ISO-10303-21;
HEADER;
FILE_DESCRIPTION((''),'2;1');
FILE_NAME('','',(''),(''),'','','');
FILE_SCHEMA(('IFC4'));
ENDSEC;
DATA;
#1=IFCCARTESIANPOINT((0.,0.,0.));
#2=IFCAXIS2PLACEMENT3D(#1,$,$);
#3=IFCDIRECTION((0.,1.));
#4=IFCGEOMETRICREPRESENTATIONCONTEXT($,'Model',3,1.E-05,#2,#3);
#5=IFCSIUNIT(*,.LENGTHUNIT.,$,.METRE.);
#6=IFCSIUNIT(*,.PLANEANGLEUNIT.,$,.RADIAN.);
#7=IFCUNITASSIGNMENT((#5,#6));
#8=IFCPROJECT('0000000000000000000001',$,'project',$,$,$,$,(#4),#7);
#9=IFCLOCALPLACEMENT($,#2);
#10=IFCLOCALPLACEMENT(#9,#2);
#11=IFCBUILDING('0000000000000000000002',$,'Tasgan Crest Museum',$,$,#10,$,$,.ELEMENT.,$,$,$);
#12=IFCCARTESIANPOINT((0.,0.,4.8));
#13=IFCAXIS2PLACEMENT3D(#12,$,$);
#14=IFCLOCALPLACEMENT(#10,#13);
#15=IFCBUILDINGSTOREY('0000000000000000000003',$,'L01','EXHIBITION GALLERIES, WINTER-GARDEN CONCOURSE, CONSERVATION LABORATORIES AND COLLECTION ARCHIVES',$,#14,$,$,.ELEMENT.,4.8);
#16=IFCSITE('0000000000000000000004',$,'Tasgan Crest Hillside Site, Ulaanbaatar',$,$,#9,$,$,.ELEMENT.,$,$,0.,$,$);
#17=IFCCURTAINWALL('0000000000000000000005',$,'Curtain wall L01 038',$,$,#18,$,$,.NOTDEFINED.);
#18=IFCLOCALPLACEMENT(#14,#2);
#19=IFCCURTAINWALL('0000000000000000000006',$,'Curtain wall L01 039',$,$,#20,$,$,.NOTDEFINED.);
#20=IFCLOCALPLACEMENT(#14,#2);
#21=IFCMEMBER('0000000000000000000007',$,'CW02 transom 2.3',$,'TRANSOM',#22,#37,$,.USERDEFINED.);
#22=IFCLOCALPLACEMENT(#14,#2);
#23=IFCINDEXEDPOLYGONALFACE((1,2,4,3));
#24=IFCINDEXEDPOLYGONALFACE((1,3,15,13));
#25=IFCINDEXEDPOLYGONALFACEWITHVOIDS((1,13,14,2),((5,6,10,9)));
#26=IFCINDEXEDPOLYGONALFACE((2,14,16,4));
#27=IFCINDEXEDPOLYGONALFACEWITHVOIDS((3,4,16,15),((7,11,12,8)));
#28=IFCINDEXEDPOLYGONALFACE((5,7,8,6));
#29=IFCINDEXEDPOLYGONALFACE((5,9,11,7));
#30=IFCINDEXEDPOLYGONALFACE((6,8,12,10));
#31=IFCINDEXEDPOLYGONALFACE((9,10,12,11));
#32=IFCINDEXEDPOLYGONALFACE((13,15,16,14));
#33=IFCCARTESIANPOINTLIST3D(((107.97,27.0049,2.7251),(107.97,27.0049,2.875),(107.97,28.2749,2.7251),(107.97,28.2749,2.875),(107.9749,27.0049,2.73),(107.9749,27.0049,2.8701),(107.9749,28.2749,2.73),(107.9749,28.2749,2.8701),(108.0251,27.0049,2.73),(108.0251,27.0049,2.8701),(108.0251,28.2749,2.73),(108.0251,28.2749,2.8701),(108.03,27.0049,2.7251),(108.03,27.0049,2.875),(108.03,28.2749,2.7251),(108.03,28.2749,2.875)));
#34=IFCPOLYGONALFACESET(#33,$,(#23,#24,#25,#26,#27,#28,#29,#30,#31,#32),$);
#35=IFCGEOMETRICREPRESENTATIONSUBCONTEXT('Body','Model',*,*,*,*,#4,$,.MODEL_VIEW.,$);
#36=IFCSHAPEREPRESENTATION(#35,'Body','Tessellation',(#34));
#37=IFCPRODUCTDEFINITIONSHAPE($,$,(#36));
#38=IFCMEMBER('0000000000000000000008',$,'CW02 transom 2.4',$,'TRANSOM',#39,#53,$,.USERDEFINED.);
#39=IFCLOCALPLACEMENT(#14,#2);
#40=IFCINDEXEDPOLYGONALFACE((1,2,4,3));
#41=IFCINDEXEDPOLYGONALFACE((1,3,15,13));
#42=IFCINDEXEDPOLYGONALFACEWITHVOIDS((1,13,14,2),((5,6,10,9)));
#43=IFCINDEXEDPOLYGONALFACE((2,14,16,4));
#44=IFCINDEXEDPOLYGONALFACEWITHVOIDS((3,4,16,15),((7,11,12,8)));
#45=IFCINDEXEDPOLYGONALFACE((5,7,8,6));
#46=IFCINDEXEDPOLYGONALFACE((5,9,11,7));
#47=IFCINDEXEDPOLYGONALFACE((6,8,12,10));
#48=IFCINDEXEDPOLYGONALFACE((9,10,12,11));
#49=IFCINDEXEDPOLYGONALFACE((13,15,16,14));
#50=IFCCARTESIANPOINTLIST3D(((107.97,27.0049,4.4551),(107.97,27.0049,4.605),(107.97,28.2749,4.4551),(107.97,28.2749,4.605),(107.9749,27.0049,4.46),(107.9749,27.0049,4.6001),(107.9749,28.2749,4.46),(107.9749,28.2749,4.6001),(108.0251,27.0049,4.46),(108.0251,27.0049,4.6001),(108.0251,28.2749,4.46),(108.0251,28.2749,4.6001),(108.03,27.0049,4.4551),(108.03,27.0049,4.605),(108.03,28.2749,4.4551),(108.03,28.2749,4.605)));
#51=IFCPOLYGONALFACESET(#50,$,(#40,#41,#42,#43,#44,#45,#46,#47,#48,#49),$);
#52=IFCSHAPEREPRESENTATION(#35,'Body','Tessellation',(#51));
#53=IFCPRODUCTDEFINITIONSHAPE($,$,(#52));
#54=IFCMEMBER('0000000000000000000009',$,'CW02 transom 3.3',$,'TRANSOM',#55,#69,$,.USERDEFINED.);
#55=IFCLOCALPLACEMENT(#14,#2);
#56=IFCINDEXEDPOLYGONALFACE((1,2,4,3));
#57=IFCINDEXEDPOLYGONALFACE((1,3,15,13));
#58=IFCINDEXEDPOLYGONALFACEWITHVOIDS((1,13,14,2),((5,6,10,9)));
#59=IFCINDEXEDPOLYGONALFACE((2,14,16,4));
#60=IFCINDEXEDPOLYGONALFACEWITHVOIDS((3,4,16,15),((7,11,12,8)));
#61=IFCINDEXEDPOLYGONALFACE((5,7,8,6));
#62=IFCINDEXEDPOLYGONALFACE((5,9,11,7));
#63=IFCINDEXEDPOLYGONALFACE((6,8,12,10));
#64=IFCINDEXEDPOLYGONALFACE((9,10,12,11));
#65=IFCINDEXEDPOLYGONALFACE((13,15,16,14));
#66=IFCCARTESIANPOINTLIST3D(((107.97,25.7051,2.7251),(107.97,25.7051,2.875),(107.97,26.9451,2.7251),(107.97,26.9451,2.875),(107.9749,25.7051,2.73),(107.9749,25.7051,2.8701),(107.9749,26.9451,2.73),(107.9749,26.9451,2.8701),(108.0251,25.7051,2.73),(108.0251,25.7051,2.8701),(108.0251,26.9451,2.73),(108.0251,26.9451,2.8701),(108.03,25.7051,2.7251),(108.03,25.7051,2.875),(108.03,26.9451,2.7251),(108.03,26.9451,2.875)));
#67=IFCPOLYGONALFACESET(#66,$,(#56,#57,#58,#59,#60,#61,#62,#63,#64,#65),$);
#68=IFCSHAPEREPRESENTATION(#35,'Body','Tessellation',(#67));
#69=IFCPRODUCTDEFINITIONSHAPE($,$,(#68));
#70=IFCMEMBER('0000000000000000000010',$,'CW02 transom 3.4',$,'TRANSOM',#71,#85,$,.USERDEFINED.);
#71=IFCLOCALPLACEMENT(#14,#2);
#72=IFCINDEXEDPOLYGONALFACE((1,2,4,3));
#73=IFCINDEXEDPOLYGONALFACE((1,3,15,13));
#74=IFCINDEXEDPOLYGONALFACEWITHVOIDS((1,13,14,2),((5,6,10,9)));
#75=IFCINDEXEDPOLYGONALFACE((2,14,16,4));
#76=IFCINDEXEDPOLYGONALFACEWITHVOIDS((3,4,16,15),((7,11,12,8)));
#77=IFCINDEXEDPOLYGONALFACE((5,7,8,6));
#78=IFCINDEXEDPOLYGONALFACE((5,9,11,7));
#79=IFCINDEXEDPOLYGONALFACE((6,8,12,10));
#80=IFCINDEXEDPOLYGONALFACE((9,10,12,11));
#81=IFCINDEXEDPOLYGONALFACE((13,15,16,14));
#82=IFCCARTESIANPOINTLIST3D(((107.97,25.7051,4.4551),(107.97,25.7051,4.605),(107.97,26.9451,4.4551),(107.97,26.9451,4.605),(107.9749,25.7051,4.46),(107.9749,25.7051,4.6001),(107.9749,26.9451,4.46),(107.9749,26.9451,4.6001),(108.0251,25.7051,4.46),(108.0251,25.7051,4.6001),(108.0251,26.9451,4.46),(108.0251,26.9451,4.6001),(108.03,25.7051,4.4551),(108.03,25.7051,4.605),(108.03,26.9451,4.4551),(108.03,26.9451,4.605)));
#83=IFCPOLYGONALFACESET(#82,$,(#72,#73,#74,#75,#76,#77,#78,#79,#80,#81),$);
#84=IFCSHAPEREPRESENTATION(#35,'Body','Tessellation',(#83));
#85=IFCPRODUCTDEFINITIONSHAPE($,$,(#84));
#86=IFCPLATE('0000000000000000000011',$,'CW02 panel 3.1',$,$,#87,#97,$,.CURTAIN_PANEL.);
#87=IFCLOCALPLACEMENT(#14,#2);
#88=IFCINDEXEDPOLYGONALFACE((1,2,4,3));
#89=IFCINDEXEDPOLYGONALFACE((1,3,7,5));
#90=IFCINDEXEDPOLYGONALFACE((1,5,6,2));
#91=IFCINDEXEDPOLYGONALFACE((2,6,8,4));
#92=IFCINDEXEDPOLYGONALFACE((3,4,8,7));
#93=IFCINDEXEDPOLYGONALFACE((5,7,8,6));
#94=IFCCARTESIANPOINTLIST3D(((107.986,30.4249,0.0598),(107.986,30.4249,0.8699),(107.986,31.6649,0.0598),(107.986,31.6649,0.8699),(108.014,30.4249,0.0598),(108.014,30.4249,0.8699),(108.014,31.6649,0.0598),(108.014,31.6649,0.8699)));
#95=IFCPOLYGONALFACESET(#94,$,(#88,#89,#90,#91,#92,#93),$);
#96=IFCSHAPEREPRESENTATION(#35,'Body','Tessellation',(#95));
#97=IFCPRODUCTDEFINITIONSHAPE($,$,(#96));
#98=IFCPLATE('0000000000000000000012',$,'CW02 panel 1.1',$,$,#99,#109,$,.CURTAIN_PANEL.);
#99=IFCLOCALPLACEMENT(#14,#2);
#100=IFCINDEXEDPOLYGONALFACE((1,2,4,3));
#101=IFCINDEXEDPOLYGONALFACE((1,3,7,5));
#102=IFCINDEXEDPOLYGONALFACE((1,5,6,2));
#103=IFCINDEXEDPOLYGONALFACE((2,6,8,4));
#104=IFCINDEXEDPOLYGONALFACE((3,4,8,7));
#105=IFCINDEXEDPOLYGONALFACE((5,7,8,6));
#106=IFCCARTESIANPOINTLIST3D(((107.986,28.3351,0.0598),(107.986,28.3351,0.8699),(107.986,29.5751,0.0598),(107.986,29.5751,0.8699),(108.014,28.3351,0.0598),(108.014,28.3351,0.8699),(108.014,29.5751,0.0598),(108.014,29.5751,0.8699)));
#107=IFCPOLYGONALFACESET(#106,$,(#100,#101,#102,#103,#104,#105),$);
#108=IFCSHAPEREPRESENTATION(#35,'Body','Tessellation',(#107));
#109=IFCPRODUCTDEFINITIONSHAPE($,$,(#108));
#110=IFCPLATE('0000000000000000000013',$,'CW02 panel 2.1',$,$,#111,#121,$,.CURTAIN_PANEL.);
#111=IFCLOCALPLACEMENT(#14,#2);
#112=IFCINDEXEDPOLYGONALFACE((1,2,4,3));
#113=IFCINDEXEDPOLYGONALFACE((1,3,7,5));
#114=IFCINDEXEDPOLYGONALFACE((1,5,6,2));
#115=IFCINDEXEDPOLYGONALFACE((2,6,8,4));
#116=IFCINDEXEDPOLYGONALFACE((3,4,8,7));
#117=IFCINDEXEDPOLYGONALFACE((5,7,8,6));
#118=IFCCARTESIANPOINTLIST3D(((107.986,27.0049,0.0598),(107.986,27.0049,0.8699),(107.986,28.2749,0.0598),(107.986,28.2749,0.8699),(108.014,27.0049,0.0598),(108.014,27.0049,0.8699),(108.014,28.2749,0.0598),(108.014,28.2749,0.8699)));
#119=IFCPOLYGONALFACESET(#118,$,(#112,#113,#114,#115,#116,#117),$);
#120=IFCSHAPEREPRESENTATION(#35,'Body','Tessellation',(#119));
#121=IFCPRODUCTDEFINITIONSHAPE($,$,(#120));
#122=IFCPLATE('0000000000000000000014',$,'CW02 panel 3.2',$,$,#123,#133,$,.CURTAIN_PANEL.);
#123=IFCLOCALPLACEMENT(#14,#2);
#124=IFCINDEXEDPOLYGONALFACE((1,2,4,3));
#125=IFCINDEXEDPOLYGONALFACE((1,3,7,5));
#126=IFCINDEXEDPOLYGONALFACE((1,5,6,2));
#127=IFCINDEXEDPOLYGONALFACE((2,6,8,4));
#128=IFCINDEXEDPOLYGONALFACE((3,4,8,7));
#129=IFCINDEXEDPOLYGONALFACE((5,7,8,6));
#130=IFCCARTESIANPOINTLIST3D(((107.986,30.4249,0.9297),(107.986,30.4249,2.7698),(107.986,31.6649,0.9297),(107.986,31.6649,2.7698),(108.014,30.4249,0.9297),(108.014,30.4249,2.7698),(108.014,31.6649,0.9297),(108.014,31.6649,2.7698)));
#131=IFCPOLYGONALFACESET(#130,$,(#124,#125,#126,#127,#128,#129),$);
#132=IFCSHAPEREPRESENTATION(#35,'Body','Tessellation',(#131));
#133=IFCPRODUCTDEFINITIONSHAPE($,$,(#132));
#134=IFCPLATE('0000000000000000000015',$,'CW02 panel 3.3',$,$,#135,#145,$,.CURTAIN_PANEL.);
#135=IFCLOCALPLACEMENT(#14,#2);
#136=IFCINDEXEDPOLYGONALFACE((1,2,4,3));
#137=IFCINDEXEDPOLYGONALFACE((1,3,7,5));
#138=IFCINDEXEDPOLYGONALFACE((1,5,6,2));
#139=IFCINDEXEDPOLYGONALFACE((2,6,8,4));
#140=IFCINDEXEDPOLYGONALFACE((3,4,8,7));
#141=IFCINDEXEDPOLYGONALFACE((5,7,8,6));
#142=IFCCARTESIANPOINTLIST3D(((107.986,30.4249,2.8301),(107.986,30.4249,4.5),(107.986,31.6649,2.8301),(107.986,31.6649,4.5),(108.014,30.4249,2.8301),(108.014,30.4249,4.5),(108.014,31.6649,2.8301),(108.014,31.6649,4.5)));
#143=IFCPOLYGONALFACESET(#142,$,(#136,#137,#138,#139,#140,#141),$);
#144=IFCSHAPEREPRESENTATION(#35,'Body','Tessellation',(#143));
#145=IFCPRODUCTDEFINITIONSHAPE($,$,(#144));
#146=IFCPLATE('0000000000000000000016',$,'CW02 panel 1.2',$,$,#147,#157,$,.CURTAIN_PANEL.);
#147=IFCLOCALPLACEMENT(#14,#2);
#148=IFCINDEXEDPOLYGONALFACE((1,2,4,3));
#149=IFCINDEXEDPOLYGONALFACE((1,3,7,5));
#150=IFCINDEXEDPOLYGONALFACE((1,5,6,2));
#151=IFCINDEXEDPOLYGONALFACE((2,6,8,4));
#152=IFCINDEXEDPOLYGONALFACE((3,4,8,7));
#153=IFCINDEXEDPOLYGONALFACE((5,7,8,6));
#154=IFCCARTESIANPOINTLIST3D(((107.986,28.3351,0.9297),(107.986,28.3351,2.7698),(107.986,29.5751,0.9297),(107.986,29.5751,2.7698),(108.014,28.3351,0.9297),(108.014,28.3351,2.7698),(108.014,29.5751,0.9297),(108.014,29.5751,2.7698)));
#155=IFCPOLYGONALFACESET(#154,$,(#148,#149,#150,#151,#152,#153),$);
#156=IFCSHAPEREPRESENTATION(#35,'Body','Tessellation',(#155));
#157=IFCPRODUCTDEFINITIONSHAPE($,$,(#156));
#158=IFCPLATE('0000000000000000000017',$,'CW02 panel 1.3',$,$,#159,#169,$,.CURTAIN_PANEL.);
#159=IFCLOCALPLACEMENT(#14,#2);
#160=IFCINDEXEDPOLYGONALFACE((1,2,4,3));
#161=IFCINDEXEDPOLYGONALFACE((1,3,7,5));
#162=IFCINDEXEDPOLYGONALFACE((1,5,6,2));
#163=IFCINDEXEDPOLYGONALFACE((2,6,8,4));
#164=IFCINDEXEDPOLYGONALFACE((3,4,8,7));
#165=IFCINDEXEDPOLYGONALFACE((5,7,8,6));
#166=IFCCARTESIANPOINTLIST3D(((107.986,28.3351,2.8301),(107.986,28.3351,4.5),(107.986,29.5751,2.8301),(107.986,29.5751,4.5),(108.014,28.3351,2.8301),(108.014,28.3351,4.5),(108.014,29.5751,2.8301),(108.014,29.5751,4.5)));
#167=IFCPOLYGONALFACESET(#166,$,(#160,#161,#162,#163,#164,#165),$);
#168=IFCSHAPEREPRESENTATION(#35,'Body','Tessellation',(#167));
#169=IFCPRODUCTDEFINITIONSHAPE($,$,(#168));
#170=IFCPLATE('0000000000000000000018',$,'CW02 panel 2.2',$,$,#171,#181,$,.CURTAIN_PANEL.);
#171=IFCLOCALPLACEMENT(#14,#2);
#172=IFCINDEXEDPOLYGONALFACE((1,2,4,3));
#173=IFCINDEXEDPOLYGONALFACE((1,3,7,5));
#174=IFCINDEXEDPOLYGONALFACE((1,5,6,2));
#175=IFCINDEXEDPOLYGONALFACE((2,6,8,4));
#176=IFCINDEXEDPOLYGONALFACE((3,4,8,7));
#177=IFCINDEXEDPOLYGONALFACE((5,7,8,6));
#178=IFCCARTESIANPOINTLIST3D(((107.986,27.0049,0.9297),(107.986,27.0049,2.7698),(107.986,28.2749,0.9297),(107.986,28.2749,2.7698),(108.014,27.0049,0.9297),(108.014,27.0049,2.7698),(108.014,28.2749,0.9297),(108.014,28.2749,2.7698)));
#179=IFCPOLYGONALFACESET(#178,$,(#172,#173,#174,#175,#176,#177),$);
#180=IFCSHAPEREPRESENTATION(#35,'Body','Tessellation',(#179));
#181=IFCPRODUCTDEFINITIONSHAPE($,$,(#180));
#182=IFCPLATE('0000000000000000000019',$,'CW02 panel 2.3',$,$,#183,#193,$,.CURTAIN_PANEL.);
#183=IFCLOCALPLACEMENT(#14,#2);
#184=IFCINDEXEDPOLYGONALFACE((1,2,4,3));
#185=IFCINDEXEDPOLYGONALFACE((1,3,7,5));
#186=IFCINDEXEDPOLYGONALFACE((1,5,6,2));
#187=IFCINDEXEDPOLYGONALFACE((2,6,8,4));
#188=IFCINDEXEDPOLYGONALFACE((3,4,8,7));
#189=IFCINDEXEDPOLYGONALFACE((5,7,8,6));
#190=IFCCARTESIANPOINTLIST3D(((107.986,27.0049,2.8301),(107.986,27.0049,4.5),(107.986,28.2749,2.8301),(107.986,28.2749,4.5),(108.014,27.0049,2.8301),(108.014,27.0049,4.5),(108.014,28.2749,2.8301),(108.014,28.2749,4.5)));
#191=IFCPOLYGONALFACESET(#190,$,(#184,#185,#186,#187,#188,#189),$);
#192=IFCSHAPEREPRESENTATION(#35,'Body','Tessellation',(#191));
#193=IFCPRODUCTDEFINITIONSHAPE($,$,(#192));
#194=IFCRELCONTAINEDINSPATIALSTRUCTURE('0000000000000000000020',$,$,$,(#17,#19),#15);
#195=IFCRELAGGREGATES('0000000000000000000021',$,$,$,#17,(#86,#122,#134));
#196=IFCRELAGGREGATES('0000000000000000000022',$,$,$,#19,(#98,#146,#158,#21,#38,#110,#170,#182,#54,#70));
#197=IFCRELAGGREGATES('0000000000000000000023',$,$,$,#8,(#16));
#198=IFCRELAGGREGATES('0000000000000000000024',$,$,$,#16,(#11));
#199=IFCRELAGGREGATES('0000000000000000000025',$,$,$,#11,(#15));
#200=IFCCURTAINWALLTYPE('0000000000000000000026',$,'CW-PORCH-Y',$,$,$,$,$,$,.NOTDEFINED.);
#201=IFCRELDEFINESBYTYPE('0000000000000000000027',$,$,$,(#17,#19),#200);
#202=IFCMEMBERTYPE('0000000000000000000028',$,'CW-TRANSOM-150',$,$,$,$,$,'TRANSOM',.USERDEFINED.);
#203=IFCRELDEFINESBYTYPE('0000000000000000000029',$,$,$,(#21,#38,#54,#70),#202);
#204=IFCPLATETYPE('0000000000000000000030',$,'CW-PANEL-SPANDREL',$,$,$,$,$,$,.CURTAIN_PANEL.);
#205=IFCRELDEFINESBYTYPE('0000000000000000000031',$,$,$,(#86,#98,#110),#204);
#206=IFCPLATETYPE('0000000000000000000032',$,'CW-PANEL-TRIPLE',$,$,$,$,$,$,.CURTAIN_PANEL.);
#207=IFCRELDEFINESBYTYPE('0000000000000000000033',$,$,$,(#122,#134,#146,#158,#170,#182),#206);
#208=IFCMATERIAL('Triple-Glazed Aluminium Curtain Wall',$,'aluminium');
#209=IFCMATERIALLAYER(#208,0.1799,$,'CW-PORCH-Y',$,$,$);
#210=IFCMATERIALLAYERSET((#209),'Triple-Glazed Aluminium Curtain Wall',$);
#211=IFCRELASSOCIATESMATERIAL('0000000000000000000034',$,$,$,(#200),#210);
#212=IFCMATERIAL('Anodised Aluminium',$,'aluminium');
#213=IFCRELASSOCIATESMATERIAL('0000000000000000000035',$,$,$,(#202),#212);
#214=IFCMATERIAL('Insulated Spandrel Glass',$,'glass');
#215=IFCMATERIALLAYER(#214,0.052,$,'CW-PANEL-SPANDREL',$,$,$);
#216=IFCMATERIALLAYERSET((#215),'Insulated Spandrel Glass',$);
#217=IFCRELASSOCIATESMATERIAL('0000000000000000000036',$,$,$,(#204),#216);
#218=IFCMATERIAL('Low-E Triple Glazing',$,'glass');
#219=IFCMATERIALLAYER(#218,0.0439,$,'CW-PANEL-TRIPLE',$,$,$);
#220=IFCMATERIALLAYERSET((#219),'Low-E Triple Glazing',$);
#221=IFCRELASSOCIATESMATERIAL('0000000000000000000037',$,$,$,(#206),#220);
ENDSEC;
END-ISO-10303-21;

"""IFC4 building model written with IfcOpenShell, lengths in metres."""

from ifc_helpers import new_model, si_unit, direction, frame, origin, origin_2d, place, context, subcontext, project, spatial, rectangle, hollow_rectangle, extrude, material, layer, layer_set, material_profile, profile_set, type_object, element, aggregate, save


model = new_model("IFC4")

# Units and contexts
model_context = context("Model", 3, precision=1e-05, world=origin(), true_north=direction((0.0, 1.0)))
body_context = subcontext(model_context, "Body", "Model", "MODEL_VIEW")
ifc_project = project(units=[si_unit("LENGTHUNIT", "METRE"), si_unit("PLANEANGLEUNIT", "RADIAN")], contexts=[model_context])

# Site, building, storey
site_placement = place(None, origin())
site = spatial("IfcSite", under=ifc_project, at=site_placement, Name="Tasgan Crest Hillside Site, Ulaanbaatar", CompositionType="ELEMENT", RefElevation=0.0)
building_placement = place(site_placement, origin())
building = spatial("IfcBuilding", under=site, at=building_placement, Name="Tasgan Crest Museum", CompositionType="ELEMENT")
storey_placement = place(building_placement, frame((0.0, 0.0, 4.8)))
storey = spatial("IfcBuildingStorey", under=building, at=storey_placement, Name="L01", Description="EXHIBITION GALLERIES, WINTER-GARDEN CONCOURSE, CONSERVATION LABORATORIES AND COLLECTION ARCHIVES", CompositionType="ELEMENT", Elevation=4.8)

# Curtain walls
ifc_material_1 = material(Name="Triple-Glazed Aluminium Curtain Wall", Category="aluminium")
ifc_layer_1 = layer(ifc_material_1, 0.1799, Name="CW-PORCH-Y")
ifc_layer_set_1 = layer_set([ifc_layer_1], Name="Triple-Glazed Aluminium Curtain Wall")
curtain_wall_type = type_object("IfcCurtainWallType", Name="CW-PORCH-Y", PredefinedType="NOTDEFINED", material=ifc_layer_set_1)
curtain_wall_1_placement = place(storey_placement, origin())
curtain_wall_1 = element("IfcCurtainWall", 1, at=curtain_wall_1_placement, inside=storey, type_object=curtain_wall_type, Name="Curtain wall L01 038", PredefinedType="NOTDEFINED")
curtain_wall_2_placement = place(storey_placement, origin())
curtain_wall_2 = element("IfcCurtainWall", 2, at=curtain_wall_2_placement, inside=storey, type_object=curtain_wall_type, Name="Curtain wall L01 039", PredefinedType="NOTDEFINED")

# Members
ifc_material_2 = material(Name="Anodised Aluminium", Category="aluminium")
ifc_material_profile_1 = material_profile(ifc_material_2, hollow_rectangle(XDim=0.0601, YDim=0.1499, WallThickness=0.0049, at=origin_2d()), Name="ALU TRANSOM 150x60x5")
ifc_profile_set_1 = profile_set([ifc_material_profile_1], Name="Anodised Aluminium")
member_type_1 = type_object("IfcMemberType", Name="CW-TRANSOM-150", ElementType="TRANSOM", PredefinedType="USERDEFINED", material=ifc_profile_set_1)
member_1_placement = place(storey_placement, frame((108.0, 28.2749, 2.8), z_axis=(0.0, -1.0, 0.0), x_axis=(1.0, 0.0, 0.0)))
member_1 = element("IfcMember", 3, at=member_1_placement, type_object=member_type_1, Name="CW02 transom 2.3", ObjectType="TRANSOM", PredefinedType="USERDEFINED", context=body_context, shape_type="SweptSolid", body=[
    extrude(hollow_rectangle(XDim=0.0601, YDim=0.1499, WallThickness=0.0049, at=origin_2d()), origin(), (0.0, 0.0, 1.0), 1.27),
])
member_2_placement = place(storey_placement, frame((108.0, 28.2749, 4.53), z_axis=(0.0, -1.0, 0.0), x_axis=(1.0, 0.0, 0.0)))
member_2 = element("IfcMember", 4, at=member_2_placement, type_object=member_type_1, Name="CW02 transom 2.4", ObjectType="TRANSOM", PredefinedType="USERDEFINED", context=body_context, shape_type="SweptSolid", body=[
    extrude(hollow_rectangle(XDim=0.0601, YDim=0.1499, WallThickness=0.0049, at=origin_2d()), origin(), (0.0, 0.0, 1.0), 1.27),
])
member_3_placement = place(storey_placement, frame((108.0, 26.9451, 2.8), z_axis=(0.0, -1.0, 0.0), x_axis=(1.0, 0.0, 0.0)))
member_3 = element("IfcMember", 5, at=member_3_placement, type_object=member_type_1, Name="CW02 transom 3.3", ObjectType="TRANSOM", PredefinedType="USERDEFINED", context=body_context, shape_type="SweptSolid", body=[
    extrude(hollow_rectangle(XDim=0.0601, YDim=0.1499, WallThickness=0.0049, at=origin_2d()), origin(), (0.0, 0.0, 1.0), 1.24),
])
member_4_placement = place(storey_placement, frame((108.0, 26.9451, 4.53), z_axis=(0.0, -1.0, 0.0), x_axis=(1.0, 0.0, 0.0)))
member_4 = element("IfcMember", 6, at=member_4_placement, type_object=member_type_1, Name="CW02 transom 3.4", ObjectType="TRANSOM", PredefinedType="USERDEFINED", context=body_context, shape_type="SweptSolid", body=[
    extrude(hollow_rectangle(XDim=0.0601, YDim=0.1499, WallThickness=0.0049, at=origin_2d()), origin(), (0.0, 0.0, 1.0), 1.24),
])

# Plates
ifc_material_3 = material(Name="Insulated Spandrel Glass", Category="glass")
ifc_layer_2 = layer(ifc_material_3, 0.052, Name="CW-PANEL-SPANDREL")
ifc_layer_set_2 = layer_set([ifc_layer_2], Name="Insulated Spandrel Glass")
plate_type_1 = type_object("IfcPlateType", Name="CW-PANEL-SPANDREL", PredefinedType="CURTAIN_PANEL", material=ifc_layer_set_2)
plate_1_placement = place(storey_placement, frame((108.0, 31.0449, 0.0598), z_axis=(0.0, 0.0, 1.0), x_axis=(0.0, -1.0, 0.0)))
plate_1 = element("IfcPlate", 7, at=plate_1_placement, type_object=plate_type_1, Name="CW02 panel 3.1", PredefinedType="CURTAIN_PANEL", context=body_context, shape_type="SweptSolid", body=[
    extrude(rectangle(XDim=1.24, YDim=0.0281, at=origin_2d()), origin(), (0.0, 0.0, 1.0), 0.8101),
])
plate_2_placement = place(storey_placement, frame((108.0, 28.9551, 0.0598), z_axis=(0.0, 0.0, 1.0), x_axis=(0.0, -1.0, 0.0)))
plate_2 = element("IfcPlate", 8, at=plate_2_placement, type_object=plate_type_1, Name="CW02 panel 1.1", PredefinedType="CURTAIN_PANEL", context=body_context, shape_type="SweptSolid", body=[
    extrude(rectangle(XDim=1.24, YDim=0.0281, at=origin_2d()), origin(), (0.0, 0.0, 1.0), 0.8101),
])
plate_3_placement = place(storey_placement, frame((108.0, 27.6399, 0.0598), z_axis=(0.0, 0.0, 1.0), x_axis=(0.0, -1.0, 0.0)))
plate_3 = element("IfcPlate", 9, at=plate_3_placement, type_object=plate_type_1, Name="CW02 panel 2.1", PredefinedType="CURTAIN_PANEL", context=body_context, shape_type="SweptSolid", body=[
    extrude(rectangle(XDim=1.27, YDim=0.0281, at=origin_2d()), origin(), (0.0, 0.0, 1.0), 0.8101),
])
ifc_material_4 = material(Name="Low-E Triple Glazing", Category="glass")
ifc_layer_3 = layer(ifc_material_4, 0.0439, Name="CW-PANEL-TRIPLE")
ifc_layer_set_3 = layer_set([ifc_layer_3], Name="Low-E Triple Glazing")
plate_type_2 = type_object("IfcPlateType", Name="CW-PANEL-TRIPLE", PredefinedType="CURTAIN_PANEL", material=ifc_layer_set_3)
plate_4_placement = place(storey_placement, frame((108.0, 31.0449, 0.9297), z_axis=(0.0, 0.0, 1.0), x_axis=(0.0, -1.0, 0.0)))
plate_4 = element("IfcPlate", 10, at=plate_4_placement, type_object=plate_type_2, Name="CW02 panel 3.2", PredefinedType="CURTAIN_PANEL", context=body_context, shape_type="SweptSolid", body=[
    extrude(rectangle(XDim=1.24, YDim=0.0281, at=origin_2d()), origin(), (0.0, 0.0, 1.0), 1.8401),
])
plate_5_placement = place(storey_placement, frame((108.0, 31.0449, 2.8301), z_axis=(0.0, 0.0, 1.0), x_axis=(0.0, -1.0, 0.0)))
plate_5 = element("IfcPlate", 11, at=plate_5_placement, type_object=plate_type_2, Name="CW02 panel 3.3", PredefinedType="CURTAIN_PANEL", context=body_context, shape_type="SweptSolid", body=[
    extrude(rectangle(XDim=1.24, YDim=0.0281, at=origin_2d()), origin(), (0.0, 0.0, 1.0), 1.6699),
])
aggregate(curtain_wall_1, [plate_1, plate_4, plate_5])
plate_6_placement = place(storey_placement, frame((108.0, 28.9551, 0.9297), z_axis=(0.0, 0.0, 1.0), x_axis=(0.0, -1.0, 0.0)))
plate_6 = element("IfcPlate", 12, at=plate_6_placement, type_object=plate_type_2, Name="CW02 panel 1.2", PredefinedType="CURTAIN_PANEL", context=body_context, shape_type="SweptSolid", body=[
    extrude(rectangle(XDim=1.24, YDim=0.0281, at=origin_2d()), origin(), (0.0, 0.0, 1.0), 1.8401),
])
plate_7_placement = place(storey_placement, frame((108.0, 28.9551, 2.8301), z_axis=(0.0, 0.0, 1.0), x_axis=(0.0, -1.0, 0.0)))
plate_7 = element("IfcPlate", 13, at=plate_7_placement, type_object=plate_type_2, Name="CW02 panel 1.3", PredefinedType="CURTAIN_PANEL", context=body_context, shape_type="SweptSolid", body=[
    extrude(rectangle(XDim=1.24, YDim=0.0281, at=origin_2d()), origin(), (0.0, 0.0, 1.0), 1.6699),
])
plate_8_placement = place(storey_placement, frame((108.0, 27.6399, 0.9297), z_axis=(0.0, 0.0, 1.0), x_axis=(0.0, -1.0, 0.0)))
plate_8 = element("IfcPlate", 14, at=plate_8_placement, type_object=plate_type_2, Name="CW02 panel 2.2", PredefinedType="CURTAIN_PANEL", context=body_context, shape_type="SweptSolid", body=[
    extrude(rectangle(XDim=1.27, YDim=0.0281, at=origin_2d()), origin(), (0.0, 0.0, 1.0), 1.8401),
])
plate_9_placement = place(storey_placement, frame((108.0, 27.6399, 2.8301), z_axis=(0.0, 0.0, 1.0), x_axis=(0.0, -1.0, 0.0)))
plate_9 = element("IfcPlate", 15, at=plate_9_placement, type_object=plate_type_2, Name="CW02 panel 2.3", PredefinedType="CURTAIN_PANEL", context=body_context, shape_type="SweptSolid", body=[
    extrude(rectangle(XDim=1.27, YDim=0.0281, at=origin_2d()), origin(), (0.0, 0.0, 1.0), 1.6699),
])
aggregate(curtain_wall_2, [plate_2, plate_6, plate_7, member_1, member_2, plate_3, plate_8, plate_9, member_3, member_4])

save(model, "model.ifc")
